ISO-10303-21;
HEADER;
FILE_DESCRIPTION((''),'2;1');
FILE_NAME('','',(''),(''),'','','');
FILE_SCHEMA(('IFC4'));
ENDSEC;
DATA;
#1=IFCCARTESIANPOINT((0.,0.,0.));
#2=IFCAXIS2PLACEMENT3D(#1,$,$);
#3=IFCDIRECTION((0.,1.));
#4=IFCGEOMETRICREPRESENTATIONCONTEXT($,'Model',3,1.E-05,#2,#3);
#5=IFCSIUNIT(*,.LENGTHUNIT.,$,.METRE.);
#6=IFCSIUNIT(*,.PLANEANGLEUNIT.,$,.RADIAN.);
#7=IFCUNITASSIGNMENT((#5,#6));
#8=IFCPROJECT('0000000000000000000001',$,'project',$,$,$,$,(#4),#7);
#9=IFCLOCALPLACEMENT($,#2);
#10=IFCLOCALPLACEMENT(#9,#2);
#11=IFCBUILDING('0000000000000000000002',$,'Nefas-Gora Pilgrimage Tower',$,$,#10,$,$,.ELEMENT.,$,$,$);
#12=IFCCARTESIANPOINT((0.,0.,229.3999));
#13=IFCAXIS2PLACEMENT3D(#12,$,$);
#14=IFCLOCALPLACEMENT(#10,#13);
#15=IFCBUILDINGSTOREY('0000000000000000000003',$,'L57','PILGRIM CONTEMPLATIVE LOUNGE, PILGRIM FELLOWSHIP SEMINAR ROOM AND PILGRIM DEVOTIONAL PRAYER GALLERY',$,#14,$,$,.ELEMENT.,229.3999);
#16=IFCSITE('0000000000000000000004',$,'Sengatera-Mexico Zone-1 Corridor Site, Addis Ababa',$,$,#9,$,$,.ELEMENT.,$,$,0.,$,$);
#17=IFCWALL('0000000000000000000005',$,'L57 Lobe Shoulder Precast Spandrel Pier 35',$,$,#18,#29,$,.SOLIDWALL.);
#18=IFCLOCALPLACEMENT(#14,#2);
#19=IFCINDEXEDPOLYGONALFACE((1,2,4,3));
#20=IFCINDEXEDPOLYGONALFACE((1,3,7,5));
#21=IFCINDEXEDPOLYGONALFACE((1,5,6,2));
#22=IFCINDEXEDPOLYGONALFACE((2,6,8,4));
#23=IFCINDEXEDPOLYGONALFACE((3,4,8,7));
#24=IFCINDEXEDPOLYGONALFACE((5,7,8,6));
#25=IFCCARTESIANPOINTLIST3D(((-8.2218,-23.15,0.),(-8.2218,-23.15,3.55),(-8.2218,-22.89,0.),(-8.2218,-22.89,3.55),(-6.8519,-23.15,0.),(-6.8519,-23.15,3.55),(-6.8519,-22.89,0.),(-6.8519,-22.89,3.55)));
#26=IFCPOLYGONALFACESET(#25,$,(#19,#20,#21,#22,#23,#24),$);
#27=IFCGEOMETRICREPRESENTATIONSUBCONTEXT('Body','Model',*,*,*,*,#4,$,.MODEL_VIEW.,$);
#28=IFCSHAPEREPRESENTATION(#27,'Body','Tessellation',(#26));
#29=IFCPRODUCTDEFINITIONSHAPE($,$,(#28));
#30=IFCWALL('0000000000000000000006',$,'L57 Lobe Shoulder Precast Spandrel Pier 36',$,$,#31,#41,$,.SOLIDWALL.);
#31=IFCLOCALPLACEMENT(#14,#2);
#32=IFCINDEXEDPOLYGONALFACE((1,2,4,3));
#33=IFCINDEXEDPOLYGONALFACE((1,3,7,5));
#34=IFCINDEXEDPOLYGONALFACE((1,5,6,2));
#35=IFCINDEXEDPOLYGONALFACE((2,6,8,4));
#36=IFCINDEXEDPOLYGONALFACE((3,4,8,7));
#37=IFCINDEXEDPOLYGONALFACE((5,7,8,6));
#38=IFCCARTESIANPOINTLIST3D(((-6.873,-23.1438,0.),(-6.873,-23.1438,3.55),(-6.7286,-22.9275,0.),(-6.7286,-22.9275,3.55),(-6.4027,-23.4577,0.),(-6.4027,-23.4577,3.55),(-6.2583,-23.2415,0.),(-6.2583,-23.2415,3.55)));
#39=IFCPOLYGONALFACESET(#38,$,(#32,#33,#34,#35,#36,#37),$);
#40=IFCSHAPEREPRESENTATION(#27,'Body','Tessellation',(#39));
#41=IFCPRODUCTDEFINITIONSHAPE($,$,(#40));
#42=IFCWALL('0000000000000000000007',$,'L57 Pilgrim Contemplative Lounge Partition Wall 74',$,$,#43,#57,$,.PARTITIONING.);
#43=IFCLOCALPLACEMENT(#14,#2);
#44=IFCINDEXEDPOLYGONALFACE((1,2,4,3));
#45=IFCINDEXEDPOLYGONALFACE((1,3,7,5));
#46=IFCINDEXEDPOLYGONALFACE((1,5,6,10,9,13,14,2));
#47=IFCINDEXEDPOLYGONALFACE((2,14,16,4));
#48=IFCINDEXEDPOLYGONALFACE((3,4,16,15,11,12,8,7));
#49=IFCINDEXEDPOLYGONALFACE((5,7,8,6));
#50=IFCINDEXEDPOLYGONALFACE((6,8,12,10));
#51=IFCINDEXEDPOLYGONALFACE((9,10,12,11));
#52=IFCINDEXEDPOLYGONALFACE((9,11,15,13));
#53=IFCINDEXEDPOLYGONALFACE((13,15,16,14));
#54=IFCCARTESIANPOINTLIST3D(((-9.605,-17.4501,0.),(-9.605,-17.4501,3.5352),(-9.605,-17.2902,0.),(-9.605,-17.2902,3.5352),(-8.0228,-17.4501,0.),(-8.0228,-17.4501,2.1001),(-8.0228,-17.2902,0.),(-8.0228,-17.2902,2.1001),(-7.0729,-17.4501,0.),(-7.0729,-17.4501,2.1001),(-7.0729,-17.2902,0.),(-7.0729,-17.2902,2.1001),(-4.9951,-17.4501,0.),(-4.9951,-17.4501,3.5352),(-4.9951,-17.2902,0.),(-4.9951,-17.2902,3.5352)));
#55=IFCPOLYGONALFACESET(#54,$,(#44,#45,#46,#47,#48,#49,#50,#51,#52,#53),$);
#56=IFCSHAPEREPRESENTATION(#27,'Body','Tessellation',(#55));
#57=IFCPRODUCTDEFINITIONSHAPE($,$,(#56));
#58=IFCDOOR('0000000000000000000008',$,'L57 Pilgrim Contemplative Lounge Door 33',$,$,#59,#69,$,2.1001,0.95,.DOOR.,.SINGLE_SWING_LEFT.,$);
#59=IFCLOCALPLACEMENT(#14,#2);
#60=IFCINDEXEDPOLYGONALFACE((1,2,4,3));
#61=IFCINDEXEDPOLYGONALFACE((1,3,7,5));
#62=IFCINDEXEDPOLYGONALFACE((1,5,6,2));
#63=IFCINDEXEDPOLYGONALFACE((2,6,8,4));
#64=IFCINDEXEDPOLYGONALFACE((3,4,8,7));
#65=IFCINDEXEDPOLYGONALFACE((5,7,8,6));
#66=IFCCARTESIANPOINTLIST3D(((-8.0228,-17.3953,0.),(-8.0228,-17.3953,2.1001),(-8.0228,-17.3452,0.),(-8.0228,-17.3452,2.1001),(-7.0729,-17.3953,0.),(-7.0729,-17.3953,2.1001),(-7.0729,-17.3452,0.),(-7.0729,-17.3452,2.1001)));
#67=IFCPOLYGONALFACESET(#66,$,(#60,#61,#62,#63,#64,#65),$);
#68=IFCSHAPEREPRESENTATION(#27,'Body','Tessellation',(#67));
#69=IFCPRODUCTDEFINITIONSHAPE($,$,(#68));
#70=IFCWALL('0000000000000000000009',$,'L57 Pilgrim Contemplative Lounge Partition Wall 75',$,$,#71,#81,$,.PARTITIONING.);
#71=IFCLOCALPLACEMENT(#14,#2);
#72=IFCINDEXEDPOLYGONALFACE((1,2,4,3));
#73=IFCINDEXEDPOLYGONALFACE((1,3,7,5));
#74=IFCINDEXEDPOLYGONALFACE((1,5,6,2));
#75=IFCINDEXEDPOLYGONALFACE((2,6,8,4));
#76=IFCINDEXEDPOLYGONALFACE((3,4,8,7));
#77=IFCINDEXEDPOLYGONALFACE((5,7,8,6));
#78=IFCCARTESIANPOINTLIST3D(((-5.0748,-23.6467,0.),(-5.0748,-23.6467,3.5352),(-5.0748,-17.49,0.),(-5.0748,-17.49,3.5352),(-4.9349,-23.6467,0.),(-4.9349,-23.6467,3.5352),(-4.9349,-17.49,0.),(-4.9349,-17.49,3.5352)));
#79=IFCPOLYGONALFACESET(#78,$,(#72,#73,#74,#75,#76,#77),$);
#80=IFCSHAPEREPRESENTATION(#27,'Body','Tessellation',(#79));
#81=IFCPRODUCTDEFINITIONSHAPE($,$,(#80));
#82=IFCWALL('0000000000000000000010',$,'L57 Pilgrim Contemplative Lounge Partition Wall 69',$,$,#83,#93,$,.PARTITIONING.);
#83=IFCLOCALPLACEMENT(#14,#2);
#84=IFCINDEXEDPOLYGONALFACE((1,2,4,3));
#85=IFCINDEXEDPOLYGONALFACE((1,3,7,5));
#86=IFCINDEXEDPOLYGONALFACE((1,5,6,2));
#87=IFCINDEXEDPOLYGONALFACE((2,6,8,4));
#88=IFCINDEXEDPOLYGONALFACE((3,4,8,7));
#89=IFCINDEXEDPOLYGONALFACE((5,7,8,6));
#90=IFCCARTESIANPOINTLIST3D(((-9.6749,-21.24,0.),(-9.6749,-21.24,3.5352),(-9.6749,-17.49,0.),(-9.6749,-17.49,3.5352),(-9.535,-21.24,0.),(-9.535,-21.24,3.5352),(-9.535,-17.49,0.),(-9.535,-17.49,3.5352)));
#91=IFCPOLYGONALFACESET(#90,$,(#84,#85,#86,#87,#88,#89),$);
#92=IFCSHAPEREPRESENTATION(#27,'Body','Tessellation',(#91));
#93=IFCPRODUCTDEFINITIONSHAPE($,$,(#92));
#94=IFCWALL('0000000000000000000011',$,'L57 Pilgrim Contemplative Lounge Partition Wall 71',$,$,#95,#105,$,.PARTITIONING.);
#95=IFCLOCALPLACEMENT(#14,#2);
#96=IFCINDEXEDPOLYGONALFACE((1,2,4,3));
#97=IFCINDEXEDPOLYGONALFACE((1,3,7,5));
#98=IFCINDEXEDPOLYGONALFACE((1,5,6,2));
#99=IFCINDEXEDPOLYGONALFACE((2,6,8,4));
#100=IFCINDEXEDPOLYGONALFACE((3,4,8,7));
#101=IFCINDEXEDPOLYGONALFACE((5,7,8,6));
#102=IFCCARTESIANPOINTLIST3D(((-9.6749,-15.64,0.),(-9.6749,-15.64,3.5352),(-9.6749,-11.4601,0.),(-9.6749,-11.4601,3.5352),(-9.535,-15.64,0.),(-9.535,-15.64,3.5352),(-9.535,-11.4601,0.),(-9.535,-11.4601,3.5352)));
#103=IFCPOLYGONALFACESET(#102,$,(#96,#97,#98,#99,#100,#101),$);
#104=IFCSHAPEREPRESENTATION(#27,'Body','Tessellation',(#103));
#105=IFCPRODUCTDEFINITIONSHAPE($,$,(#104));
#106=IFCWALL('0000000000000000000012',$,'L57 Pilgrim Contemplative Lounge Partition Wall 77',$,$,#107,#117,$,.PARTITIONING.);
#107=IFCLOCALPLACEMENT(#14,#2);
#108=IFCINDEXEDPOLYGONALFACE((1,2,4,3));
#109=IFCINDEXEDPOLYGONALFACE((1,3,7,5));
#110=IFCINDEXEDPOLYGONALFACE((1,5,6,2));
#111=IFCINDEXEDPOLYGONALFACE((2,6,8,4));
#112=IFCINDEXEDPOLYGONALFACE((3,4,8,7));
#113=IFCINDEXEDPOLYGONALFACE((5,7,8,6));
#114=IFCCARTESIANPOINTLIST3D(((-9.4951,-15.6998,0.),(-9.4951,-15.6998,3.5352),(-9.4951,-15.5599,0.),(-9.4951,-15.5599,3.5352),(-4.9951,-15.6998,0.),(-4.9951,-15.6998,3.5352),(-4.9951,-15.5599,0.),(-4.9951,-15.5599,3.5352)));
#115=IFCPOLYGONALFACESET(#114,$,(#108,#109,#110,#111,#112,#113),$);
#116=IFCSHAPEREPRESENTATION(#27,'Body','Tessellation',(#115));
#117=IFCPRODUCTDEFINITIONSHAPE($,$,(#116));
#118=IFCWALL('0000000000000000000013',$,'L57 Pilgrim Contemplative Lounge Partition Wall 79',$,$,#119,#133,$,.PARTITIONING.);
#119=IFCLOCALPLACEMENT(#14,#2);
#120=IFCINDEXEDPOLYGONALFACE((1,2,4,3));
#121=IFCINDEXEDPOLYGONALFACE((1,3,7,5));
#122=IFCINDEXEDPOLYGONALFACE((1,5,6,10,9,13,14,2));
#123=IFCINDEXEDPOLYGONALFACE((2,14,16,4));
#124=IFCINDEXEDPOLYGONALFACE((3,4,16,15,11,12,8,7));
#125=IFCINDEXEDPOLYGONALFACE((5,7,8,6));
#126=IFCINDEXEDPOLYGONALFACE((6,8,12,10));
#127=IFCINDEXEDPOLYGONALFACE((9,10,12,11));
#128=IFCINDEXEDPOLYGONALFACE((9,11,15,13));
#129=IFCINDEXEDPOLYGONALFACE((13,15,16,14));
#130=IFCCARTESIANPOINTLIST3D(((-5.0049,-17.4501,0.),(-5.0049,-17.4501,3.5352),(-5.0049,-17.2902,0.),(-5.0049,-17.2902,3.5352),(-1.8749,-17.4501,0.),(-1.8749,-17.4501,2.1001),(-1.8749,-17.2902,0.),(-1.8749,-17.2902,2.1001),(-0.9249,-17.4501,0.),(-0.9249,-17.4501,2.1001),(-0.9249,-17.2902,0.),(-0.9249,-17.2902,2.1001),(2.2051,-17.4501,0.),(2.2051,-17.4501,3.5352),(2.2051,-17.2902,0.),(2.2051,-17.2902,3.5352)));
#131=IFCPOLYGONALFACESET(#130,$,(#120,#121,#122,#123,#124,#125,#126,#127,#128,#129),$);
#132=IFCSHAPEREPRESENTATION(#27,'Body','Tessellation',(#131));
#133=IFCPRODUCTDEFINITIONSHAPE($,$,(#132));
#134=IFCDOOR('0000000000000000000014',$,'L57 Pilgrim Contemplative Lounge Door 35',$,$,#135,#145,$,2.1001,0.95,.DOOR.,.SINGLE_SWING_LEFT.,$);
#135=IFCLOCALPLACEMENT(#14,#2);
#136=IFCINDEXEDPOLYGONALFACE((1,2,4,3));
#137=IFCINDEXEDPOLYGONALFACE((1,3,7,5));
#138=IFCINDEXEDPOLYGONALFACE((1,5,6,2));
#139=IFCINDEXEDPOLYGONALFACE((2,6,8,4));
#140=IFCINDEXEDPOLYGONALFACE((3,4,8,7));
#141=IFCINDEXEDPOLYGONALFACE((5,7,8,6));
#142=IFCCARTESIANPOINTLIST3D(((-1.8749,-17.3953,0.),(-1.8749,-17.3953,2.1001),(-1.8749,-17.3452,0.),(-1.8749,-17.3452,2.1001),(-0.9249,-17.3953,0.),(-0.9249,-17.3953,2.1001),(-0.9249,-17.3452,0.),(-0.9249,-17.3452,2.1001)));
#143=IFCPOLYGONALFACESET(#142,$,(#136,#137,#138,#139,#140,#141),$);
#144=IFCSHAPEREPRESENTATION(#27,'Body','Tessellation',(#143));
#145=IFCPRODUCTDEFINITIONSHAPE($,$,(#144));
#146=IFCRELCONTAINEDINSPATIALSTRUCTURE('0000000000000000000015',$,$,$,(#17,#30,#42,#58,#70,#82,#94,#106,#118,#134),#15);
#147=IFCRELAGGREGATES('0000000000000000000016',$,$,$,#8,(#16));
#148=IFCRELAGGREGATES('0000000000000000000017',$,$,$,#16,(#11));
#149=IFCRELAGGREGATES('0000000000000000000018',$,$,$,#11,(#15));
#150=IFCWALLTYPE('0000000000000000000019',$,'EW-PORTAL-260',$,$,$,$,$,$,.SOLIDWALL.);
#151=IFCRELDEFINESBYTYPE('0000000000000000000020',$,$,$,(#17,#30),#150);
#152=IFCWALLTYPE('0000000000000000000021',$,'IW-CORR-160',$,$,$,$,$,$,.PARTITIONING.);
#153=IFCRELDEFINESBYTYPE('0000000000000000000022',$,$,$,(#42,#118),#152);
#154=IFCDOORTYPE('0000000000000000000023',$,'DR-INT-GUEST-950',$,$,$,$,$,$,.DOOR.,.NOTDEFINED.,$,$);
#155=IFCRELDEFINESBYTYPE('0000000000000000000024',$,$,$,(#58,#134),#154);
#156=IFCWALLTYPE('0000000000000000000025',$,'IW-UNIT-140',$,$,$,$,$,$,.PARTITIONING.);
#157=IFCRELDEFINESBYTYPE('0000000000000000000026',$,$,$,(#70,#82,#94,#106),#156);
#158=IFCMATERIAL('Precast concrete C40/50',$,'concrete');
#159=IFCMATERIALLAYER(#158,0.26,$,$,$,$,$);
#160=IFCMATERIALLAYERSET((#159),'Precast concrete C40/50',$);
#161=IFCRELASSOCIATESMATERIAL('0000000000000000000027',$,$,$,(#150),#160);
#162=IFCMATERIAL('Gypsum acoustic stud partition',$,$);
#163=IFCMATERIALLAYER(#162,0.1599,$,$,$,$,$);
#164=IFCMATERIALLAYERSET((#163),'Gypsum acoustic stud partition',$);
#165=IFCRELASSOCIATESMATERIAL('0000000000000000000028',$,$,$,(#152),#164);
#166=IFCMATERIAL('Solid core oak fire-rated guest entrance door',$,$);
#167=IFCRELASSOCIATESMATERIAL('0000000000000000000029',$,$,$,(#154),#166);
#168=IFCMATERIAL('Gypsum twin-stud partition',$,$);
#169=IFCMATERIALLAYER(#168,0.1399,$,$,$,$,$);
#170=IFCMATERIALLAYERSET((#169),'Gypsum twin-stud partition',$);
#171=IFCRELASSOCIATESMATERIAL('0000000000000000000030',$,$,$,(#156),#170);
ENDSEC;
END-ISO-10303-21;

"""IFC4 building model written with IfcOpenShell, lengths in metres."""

from ifc_helpers import new_model, si_unit, direction, frame, frame_2d, origin, place, context, subcontext, project, spatial, rectangle, extrude, source, transform, mapped, material, layer, layer_set, type_object, element, fill, save


model = new_model("IFC4")

# Units and contexts
model_context = context("Model", 3, precision=1e-05, world=origin(), true_north=direction((0.0, 1.0)))
body_context = subcontext(model_context, "Body", "Model", "MODEL_VIEW")
ifc_project = project(units=[si_unit("LENGTHUNIT", "METRE"), si_unit("PLANEANGLEUNIT", "RADIAN")], contexts=[model_context])

# Site, building, storey
site_placement = place(None, origin())
site = spatial("IfcSite", under=ifc_project, at=site_placement, Name="Sengatera-Mexico Zone-1 Corridor Site, Addis Ababa", CompositionType="ELEMENT", RefElevation=0.0)
building_placement = place(site_placement, origin())
building = spatial("IfcBuilding", under=site, at=building_placement, Name="Nefas-Gora Pilgrimage Tower", CompositionType="ELEMENT")
storey_placement = place(building_placement, frame((0.0, 0.0, 229.3999)))
storey = spatial("IfcBuildingStorey", under=building, at=storey_placement, Name="L57", Description="PILGRIM CONTEMPLATIVE LOUNGE, PILGRIM FELLOWSHIP SEMINAR ROOM AND PILGRIM DEVOTIONAL PRAYER GALLERY", CompositionType="ELEMENT", Elevation=229.3999)

# Walls
ifc_material_1 = material(Name="Precast concrete C40/50", Category="concrete")
ifc_layer_1 = layer(ifc_material_1, 0.26)
ifc_layer_set_1 = layer_set([ifc_layer_1], Name="Precast concrete C40/50")
wall_type_1 = type_object("IfcWallType", Name="EW-PORTAL-260", PredefinedType="SOLIDWALL", material=ifc_layer_set_1)
shared_shape_1 = source(origin(), body_context, "Body", "SweptSolid", [
    extrude(rectangle(XDim=1.3699, YDim=0.26, at=frame_2d((0.6851, 0.0))), origin(), (0.0, 0.0, 1.0), 3.55),
])
wall_1_placement = place(storey_placement, frame((-8.2219, -23.02, 0.0), z_axis=(0.0, 0.0, 1.0), x_axis=(1.0, 0.0, 0.0)))
element("IfcWall", 1, at=wall_1_placement, inside=storey, type_object=wall_type_1, Name="L57 Lobe Shoulder Precast Spandrel Pier 35", PredefinedType="SOLIDWALL", context=body_context, shape_type="MappedRepresentation", body=[
    mapped(shared_shape_1, transform((0.0, 0.0, 0.0), x_axis=(1.0, 0.0, 0.0), y_axis=(0.0, 1.0, 0.0), z_axis=(0.0, 0.0, 1.0), scale=1.0)),
])
shared_shape_2 = source(origin(), body_context, "Body", "SweptSolid", [
    extrude(rectangle(XDim=0.5654, YDim=0.26, at=frame_2d((0.2827, 0.0))), origin(), (0.0, 0.0, 1.0), 3.55),
])
wall_2_placement = place(storey_placement, frame((-6.8008, -23.0356, 0.0), z_axis=(0.0, 0.0, 1.0), x_axis=(0.831651, -0.555298, 0.0)))
element("IfcWall", 2, at=wall_2_placement, inside=storey, type_object=wall_type_1, Name="L57 Lobe Shoulder Precast Spandrel Pier 36", PredefinedType="SOLIDWALL", context=body_context, shape_type="MappedRepresentation", body=[
    mapped(shared_shape_2, transform((0.0, 0.0, 0.0), x_axis=(1.0, 0.0, 0.0), y_axis=(0.0, 1.0, 0.0), z_axis=(0.0, 0.0, 1.0), scale=1.0)),
])

# Wall, opening, door
ifc_material_2 = material(Name="Gypsum acoustic stud partition")
ifc_layer_2 = layer(ifc_material_2, 0.1599)
ifc_layer_set_2 = layer_set([ifc_layer_2], Name="Gypsum acoustic stud partition")
wall_type_2 = type_object("IfcWallType", Name="IW-CORR-160", PredefinedType="PARTITIONING", material=ifc_layer_set_2)
shared_shape_3 = source(origin(), body_context, "Body", "SweptSolid", [
    extrude(rectangle(XDim=4.6099, YDim=0.1599, at=frame_2d((2.3049, 0.0))), origin(), (0.0, 0.0, 1.0), 3.5352),
])
wall_3_placement = place(storey_placement, frame((-9.605, -17.3701, 0.0), z_axis=(0.0, 0.0, 1.0), x_axis=(1.0, 0.0, 0.0)))
wall_3 = element("IfcWall", 3, at=wall_3_placement, inside=storey, type_object=wall_type_2, Name="L57 Pilgrim Contemplative Lounge Partition Wall 74", PredefinedType="PARTITIONING", context=body_context, shape_type="MappedRepresentation", body=[
    mapped(shared_shape_3, transform((0.0, 0.0, 0.0), x_axis=(1.0, 0.0, 0.0), y_axis=(0.0, 1.0, 0.0), z_axis=(0.0, 0.0, 1.0), scale=1.0)),
])
opening_1_placement = place(wall_3_placement, frame((1.582, 0.0, 0.0)))
opening_1 = element("IfcOpeningElement", 4, at=opening_1_placement, cuts=wall_3, PredefinedType="OPENING", context=body_context, shape_type="SweptSolid", body=[
    extrude(rectangle(XDim=0.95, YDim=2.1001, at=frame_2d((0.4751, 1.05))), frame((0.0, 0.0898, 0.0), z_axis=(0.0, -1.0, 0.0), x_axis=(1.0, 0.0, 0.0)), (0.0, 0.0, 1.0), 0.1799),
])
ifc_material_3 = material(Name="Solid core oak fire-rated guest entrance door")
door_type = type_object("IfcDoorType", Name="DR-INT-GUEST-950", OperationType="NOTDEFINED", PredefinedType="DOOR", material=ifc_material_3)
shared_shape_4 = source(origin(), body_context, "Body", "SweptSolid", [
    extrude(rectangle(XDim=0.95, YDim=2.1001, at=frame_2d((0.4751, 1.05))), frame((0.0, 0.0249, 0.0), z_axis=(0.0, -1.0, 0.0), x_axis=(1.0, 0.0, 0.0)), (0.0, 0.0, 1.0), 0.05),
])
door_1_placement = place(opening_1_placement, origin())
door_1 = element("IfcDoor", 5, at=door_1_placement, inside=storey, type_object=door_type, Name="L57 Pilgrim Contemplative Lounge Door 33", OperationType="SINGLE_SWING_LEFT", OverallHeight=2.1001, OverallWidth=0.95, PredefinedType="DOOR", context=body_context, shape_type="MappedRepresentation", body=[
    mapped(shared_shape_4, transform((0.0, 0.0, 0.0), x_axis=(1.0, 0.0, 0.0), y_axis=(0.0, 1.0, 0.0), z_axis=(0.0, 0.0, 1.0), scale=1.0)),
])
fill(opening_1, door_1)

# Walls
ifc_material_4 = material(Name="Gypsum twin-stud partition")
ifc_layer_3 = layer(ifc_material_4, 0.1399)
ifc_layer_set_3 = layer_set([ifc_layer_3], Name="Gypsum twin-stud partition")
wall_type_3 = type_object("IfcWallType", Name="IW-UNIT-140", PredefinedType="PARTITIONING", material=ifc_layer_set_3)
shared_shape_5 = source(origin(), body_context, "Body", "SweptSolid", [
    extrude(rectangle(XDim=6.1567, YDim=0.1399, at=frame_2d((3.0784, 0.0))), origin(), (0.0, 0.0, 1.0), 3.5352),
])
wall_4_placement = place(storey_placement, frame((-5.0049, -23.6467, 0.0), z_axis=(0.0, 0.0, 1.0), x_axis=(0.0, 1.0, 0.0)))
element("IfcWall", 6, at=wall_4_placement, inside=storey, type_object=wall_type_3, Name="L57 Pilgrim Contemplative Lounge Partition Wall 75", PredefinedType="PARTITIONING", context=body_context, shape_type="MappedRepresentation", body=[
    mapped(shared_shape_5, transform((0.0, 0.0, 0.0), x_axis=(1.0, 0.0, 0.0), y_axis=(0.0, 1.0, 0.0), z_axis=(0.0, 0.0, 1.0), scale=1.0)),
])
shared_shape_6 = source(origin(), body_context, "Body", "SweptSolid", [
    extrude(rectangle(XDim=3.75, YDim=0.1399, at=frame_2d((1.875, 0.0))), origin(), (0.0, 0.0, 1.0), 3.5352),
])
wall_5_placement = place(storey_placement, frame((-9.605, -21.24, 0.0), z_axis=(0.0, 0.0, 1.0), x_axis=(0.0, 1.0, 0.0)))
element("IfcWall", 7, at=wall_5_placement, inside=storey, type_object=wall_type_3, Name="L57 Pilgrim Contemplative Lounge Partition Wall 69", PredefinedType="PARTITIONING", context=body_context, shape_type="MappedRepresentation", body=[
    mapped(shared_shape_6, transform((0.0, 0.0, 0.0), x_axis=(1.0, 0.0, 0.0), y_axis=(0.0, 1.0, 0.0), z_axis=(0.0, 0.0, 1.0), scale=1.0)),
])
shared_shape_7 = source(origin(), body_context, "Body", "SweptSolid", [
    extrude(rectangle(XDim=4.1799, YDim=0.1399, at=frame_2d((2.0898, 0.0))), origin(), (0.0, 0.0, 1.0), 3.5352),
])
wall_6_placement = place(storey_placement, frame((-9.605, -15.6399, 0.0), z_axis=(0.0, 0.0, 1.0), x_axis=(0.0, 1.0, 0.0)))
element("IfcWall", 8, at=wall_6_placement, inside=storey, type_object=wall_type_3, Name="L57 Pilgrim Contemplative Lounge Partition Wall 71", PredefinedType="PARTITIONING", context=body_context, shape_type="MappedRepresentation", body=[
    mapped(shared_shape_7, transform((0.0, 0.0, 0.0), x_axis=(1.0, 0.0, 0.0), y_axis=(0.0, 1.0, 0.0), z_axis=(0.0, 0.0, 1.0), scale=1.0)),
])
shared_shape_8 = source(origin(), body_context, "Body", "SweptSolid", [
    extrude(rectangle(XDim=4.5, YDim=0.1399, at=frame_2d((2.25, 0.0))), origin(), (0.0, 0.0, 1.0), 3.5352),
])
wall_7_placement = place(storey_placement, frame((-9.4951, -15.6299, 0.0), z_axis=(0.0, 0.0, 1.0), x_axis=(1.0, 0.0, 0.0)))
element("IfcWall", 9, at=wall_7_placement, inside=storey, type_object=wall_type_3, Name="L57 Pilgrim Contemplative Lounge Partition Wall 77", PredefinedType="PARTITIONING", context=body_context, shape_type="MappedRepresentation", body=[
    mapped(shared_shape_8, transform((0.0, 0.0, 0.0), x_axis=(1.0, 0.0, 0.0), y_axis=(0.0, 1.0, 0.0), z_axis=(0.0, 0.0, 1.0), scale=1.0)),
])

# Wall, opening, door
shared_shape_9 = source(origin(), body_context, "Body", "SweptSolid", [
    extrude(rectangle(XDim=7.21, YDim=0.1599, at=frame_2d((3.605, 0.0))), origin(), (0.0, 0.0, 1.0), 3.5352),
])
wall_8_placement = place(storey_placement, frame((-5.0049, -17.3701, 0.0), z_axis=(0.0, 0.0, 1.0), x_axis=(1.0, 0.0, 0.0)))
wall_8 = element("IfcWall", 10, at=wall_8_placement, inside=storey, type_object=wall_type_2, Name="L57 Pilgrim Contemplative Lounge Partition Wall 79", PredefinedType="PARTITIONING", context=body_context, shape_type="MappedRepresentation", body=[
    mapped(shared_shape_9, transform((0.0, 0.0, 0.0), x_axis=(1.0, 0.0, 0.0), y_axis=(0.0, 1.0, 0.0), z_axis=(0.0, 0.0, 1.0), scale=1.0)),
])
opening_2_placement = place(wall_8_placement, frame((3.1299, 0.0, 0.0)))
opening_2 = element("IfcOpeningElement", 11, at=opening_2_placement, cuts=wall_8, PredefinedType="OPENING", context=body_context, shape_type="SweptSolid", body=[
    extrude(rectangle(XDim=0.95, YDim=2.1001, at=frame_2d((0.4751, 1.05))), frame((0.0, 0.0898, 0.0), z_axis=(0.0, -1.0, 0.0), x_axis=(1.0, 0.0, 0.0)), (0.0, 0.0, 1.0), 0.1799),
])
door_2_placement = place(opening_2_placement, origin())
door_2 = element("IfcDoor", 12, at=door_2_placement, inside=storey, type_object=door_type, Name="L57 Pilgrim Contemplative Lounge Door 35", OperationType="SINGLE_SWING_LEFT", OverallHeight=2.1001, OverallWidth=0.95, PredefinedType="DOOR", context=body_context, shape_type="MappedRepresentation", body=[
    mapped(shared_shape_4, transform((0.0, 0.0, 0.0), x_axis=(1.0, 0.0, 0.0), y_axis=(0.0, 1.0, 0.0), z_axis=(0.0, 0.0, 1.0), scale=1.0)),
])
fill(opening_2, door_2)

save(model, "model.ifc")
